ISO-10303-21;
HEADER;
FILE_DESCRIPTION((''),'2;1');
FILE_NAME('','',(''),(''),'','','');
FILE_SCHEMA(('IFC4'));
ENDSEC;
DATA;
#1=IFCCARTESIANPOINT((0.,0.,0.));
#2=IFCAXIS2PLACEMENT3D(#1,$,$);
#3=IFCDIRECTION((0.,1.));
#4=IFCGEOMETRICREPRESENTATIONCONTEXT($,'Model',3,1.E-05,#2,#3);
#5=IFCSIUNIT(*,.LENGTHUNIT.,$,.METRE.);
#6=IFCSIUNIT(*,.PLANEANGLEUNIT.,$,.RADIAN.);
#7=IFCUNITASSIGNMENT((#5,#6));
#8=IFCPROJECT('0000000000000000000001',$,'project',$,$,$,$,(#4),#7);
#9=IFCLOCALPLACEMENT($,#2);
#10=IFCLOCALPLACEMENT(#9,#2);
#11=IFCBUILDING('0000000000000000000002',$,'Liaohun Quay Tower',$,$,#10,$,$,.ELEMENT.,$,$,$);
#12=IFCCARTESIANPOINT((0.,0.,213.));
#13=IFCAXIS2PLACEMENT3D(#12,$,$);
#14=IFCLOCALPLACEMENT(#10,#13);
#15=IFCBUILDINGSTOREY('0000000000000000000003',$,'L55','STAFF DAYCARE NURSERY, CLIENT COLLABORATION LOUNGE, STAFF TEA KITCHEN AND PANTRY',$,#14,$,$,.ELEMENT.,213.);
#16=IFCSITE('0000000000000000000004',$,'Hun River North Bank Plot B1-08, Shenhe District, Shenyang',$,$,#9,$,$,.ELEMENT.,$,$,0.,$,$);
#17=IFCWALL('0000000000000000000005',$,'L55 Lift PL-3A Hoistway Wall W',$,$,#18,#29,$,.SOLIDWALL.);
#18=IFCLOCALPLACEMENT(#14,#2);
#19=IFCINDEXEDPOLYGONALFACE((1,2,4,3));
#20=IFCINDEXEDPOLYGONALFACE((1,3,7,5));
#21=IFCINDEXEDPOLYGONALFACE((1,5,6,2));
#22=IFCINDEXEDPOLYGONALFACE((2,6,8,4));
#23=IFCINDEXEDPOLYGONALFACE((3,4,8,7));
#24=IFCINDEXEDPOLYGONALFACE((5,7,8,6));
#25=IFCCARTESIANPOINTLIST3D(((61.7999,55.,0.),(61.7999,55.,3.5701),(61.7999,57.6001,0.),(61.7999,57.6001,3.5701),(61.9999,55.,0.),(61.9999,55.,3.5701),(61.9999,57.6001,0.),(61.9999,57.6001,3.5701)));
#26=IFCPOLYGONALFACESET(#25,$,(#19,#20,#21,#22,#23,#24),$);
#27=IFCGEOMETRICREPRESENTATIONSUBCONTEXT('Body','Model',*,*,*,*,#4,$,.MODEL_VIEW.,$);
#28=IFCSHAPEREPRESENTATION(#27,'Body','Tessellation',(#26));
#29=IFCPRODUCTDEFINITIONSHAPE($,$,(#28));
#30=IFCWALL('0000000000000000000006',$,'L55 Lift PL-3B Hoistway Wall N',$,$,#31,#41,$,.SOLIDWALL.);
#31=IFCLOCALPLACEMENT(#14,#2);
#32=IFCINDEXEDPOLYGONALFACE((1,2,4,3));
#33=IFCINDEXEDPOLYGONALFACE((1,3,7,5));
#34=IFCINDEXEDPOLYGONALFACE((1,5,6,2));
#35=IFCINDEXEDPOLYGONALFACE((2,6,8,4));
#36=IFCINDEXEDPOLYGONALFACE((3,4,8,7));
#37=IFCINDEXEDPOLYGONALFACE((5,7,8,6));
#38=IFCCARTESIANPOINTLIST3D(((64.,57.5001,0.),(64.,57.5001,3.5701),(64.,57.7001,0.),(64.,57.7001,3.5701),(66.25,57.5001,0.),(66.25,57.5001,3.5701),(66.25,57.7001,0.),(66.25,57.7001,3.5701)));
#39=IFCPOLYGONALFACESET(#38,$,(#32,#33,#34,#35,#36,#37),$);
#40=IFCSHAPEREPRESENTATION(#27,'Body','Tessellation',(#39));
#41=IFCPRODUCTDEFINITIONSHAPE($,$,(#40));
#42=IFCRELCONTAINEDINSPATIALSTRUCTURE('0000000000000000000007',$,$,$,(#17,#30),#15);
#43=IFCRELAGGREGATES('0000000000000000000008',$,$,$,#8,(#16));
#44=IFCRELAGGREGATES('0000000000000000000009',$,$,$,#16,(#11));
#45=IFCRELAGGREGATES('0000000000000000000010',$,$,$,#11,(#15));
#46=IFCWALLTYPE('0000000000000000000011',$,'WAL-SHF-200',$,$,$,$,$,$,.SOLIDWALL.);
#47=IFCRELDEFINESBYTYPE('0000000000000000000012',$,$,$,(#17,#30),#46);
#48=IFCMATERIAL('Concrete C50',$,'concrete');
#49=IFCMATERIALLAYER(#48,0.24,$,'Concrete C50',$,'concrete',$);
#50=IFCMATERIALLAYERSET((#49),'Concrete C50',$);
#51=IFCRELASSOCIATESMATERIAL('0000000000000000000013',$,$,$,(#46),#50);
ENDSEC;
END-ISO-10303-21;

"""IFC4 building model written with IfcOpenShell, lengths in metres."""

from ifc_helpers import new_model, si_unit, direction, frame, frame_2d, origin, place, context, subcontext, project, spatial, rectangle, extrude, material, layer, layer_set, type_object, element, save


model = new_model("IFC4")

# Units and contexts
model_context = context("Model", 3, precision=1e-05, world=origin(), true_north=direction((0.0, 1.0)))
body_context = subcontext(model_context, "Body", "Model", "MODEL_VIEW")
ifc_project = project(units=[si_unit("LENGTHUNIT", "METRE"), si_unit("PLANEANGLEUNIT", "RADIAN")], contexts=[model_context])

# Site, building, storey
site_placement = place(None, origin())
site = spatial("IfcSite", under=ifc_project, at=site_placement, Name="Hun River North Bank Plot B1-08, Shenhe District, Shenyang", CompositionType="ELEMENT", RefElevation=0.0)
building_placement = place(site_placement, origin())
building = spatial("IfcBuilding", under=site, at=building_placement, Name="Liaohun Quay Tower", CompositionType="ELEMENT")
storey_placement = place(building_placement, frame((0.0, 0.0, 213.0)))
storey = spatial("IfcBuildingStorey", under=building, at=storey_placement, Name="L55", Description="STAFF DAYCARE NURSERY, CLIENT COLLABORATION LOUNGE, STAFF TEA KITCHEN AND PANTRY", CompositionType="ELEMENT", Elevation=213.0)

# Walls
ifc_material_1 = material(Name="Concrete C50", Category="concrete")
ifc_layer_1 = layer(ifc_material_1, 0.24, Name="Concrete C50", Category="concrete")
ifc_layer_set_1 = layer_set([ifc_layer_1], Name="Concrete C50")
wall_type_1 = type_object("IfcWallType", Name="WAL-SHF-200", PredefinedType="SOLIDWALL", material=ifc_layer_set_1)
wall_1_placement = place(storey_placement, frame((61.8999, 57.6001, 0.0), z_axis=(0.0, 0.0, 1.0), x_axis=(0.0, -1.0, 0.0)))
element("IfcWall", 1, at=wall_1_placement, inside=storey, type_object=wall_type_1, Name="L55 Lift PL-3A Hoistway Wall W", PredefinedType="SOLIDWALL", context=body_context, shape_type="SweptSolid", body=[
    extrude(rectangle(XDim=2.6001, YDim=0.2, at=frame_2d((1.3, 0.0))), origin(), (0.0, 0.0, 1.0), 3.5701),
])
wall_2_placement = place(storey_placement, frame((66.25, 57.6001, 0.0), z_axis=(0.0, 0.0, 1.0), x_axis=(-1.0, 0.0, 0.0)))
element("IfcWall", 2, at=wall_2_placement, inside=storey, type_object=wall_type_1, Name="L55 Lift PL-3B Hoistway Wall N", PredefinedType="SOLIDWALL", context=body_context, shape_type="SweptSolid", body=[
    extrude(rectangle(XDim=2.25, YDim=0.2, at=frame_2d((1.125, 0.0))), origin(), (0.0, 0.0, 1.0), 3.5701),
])

save(model, "model.ifc")
